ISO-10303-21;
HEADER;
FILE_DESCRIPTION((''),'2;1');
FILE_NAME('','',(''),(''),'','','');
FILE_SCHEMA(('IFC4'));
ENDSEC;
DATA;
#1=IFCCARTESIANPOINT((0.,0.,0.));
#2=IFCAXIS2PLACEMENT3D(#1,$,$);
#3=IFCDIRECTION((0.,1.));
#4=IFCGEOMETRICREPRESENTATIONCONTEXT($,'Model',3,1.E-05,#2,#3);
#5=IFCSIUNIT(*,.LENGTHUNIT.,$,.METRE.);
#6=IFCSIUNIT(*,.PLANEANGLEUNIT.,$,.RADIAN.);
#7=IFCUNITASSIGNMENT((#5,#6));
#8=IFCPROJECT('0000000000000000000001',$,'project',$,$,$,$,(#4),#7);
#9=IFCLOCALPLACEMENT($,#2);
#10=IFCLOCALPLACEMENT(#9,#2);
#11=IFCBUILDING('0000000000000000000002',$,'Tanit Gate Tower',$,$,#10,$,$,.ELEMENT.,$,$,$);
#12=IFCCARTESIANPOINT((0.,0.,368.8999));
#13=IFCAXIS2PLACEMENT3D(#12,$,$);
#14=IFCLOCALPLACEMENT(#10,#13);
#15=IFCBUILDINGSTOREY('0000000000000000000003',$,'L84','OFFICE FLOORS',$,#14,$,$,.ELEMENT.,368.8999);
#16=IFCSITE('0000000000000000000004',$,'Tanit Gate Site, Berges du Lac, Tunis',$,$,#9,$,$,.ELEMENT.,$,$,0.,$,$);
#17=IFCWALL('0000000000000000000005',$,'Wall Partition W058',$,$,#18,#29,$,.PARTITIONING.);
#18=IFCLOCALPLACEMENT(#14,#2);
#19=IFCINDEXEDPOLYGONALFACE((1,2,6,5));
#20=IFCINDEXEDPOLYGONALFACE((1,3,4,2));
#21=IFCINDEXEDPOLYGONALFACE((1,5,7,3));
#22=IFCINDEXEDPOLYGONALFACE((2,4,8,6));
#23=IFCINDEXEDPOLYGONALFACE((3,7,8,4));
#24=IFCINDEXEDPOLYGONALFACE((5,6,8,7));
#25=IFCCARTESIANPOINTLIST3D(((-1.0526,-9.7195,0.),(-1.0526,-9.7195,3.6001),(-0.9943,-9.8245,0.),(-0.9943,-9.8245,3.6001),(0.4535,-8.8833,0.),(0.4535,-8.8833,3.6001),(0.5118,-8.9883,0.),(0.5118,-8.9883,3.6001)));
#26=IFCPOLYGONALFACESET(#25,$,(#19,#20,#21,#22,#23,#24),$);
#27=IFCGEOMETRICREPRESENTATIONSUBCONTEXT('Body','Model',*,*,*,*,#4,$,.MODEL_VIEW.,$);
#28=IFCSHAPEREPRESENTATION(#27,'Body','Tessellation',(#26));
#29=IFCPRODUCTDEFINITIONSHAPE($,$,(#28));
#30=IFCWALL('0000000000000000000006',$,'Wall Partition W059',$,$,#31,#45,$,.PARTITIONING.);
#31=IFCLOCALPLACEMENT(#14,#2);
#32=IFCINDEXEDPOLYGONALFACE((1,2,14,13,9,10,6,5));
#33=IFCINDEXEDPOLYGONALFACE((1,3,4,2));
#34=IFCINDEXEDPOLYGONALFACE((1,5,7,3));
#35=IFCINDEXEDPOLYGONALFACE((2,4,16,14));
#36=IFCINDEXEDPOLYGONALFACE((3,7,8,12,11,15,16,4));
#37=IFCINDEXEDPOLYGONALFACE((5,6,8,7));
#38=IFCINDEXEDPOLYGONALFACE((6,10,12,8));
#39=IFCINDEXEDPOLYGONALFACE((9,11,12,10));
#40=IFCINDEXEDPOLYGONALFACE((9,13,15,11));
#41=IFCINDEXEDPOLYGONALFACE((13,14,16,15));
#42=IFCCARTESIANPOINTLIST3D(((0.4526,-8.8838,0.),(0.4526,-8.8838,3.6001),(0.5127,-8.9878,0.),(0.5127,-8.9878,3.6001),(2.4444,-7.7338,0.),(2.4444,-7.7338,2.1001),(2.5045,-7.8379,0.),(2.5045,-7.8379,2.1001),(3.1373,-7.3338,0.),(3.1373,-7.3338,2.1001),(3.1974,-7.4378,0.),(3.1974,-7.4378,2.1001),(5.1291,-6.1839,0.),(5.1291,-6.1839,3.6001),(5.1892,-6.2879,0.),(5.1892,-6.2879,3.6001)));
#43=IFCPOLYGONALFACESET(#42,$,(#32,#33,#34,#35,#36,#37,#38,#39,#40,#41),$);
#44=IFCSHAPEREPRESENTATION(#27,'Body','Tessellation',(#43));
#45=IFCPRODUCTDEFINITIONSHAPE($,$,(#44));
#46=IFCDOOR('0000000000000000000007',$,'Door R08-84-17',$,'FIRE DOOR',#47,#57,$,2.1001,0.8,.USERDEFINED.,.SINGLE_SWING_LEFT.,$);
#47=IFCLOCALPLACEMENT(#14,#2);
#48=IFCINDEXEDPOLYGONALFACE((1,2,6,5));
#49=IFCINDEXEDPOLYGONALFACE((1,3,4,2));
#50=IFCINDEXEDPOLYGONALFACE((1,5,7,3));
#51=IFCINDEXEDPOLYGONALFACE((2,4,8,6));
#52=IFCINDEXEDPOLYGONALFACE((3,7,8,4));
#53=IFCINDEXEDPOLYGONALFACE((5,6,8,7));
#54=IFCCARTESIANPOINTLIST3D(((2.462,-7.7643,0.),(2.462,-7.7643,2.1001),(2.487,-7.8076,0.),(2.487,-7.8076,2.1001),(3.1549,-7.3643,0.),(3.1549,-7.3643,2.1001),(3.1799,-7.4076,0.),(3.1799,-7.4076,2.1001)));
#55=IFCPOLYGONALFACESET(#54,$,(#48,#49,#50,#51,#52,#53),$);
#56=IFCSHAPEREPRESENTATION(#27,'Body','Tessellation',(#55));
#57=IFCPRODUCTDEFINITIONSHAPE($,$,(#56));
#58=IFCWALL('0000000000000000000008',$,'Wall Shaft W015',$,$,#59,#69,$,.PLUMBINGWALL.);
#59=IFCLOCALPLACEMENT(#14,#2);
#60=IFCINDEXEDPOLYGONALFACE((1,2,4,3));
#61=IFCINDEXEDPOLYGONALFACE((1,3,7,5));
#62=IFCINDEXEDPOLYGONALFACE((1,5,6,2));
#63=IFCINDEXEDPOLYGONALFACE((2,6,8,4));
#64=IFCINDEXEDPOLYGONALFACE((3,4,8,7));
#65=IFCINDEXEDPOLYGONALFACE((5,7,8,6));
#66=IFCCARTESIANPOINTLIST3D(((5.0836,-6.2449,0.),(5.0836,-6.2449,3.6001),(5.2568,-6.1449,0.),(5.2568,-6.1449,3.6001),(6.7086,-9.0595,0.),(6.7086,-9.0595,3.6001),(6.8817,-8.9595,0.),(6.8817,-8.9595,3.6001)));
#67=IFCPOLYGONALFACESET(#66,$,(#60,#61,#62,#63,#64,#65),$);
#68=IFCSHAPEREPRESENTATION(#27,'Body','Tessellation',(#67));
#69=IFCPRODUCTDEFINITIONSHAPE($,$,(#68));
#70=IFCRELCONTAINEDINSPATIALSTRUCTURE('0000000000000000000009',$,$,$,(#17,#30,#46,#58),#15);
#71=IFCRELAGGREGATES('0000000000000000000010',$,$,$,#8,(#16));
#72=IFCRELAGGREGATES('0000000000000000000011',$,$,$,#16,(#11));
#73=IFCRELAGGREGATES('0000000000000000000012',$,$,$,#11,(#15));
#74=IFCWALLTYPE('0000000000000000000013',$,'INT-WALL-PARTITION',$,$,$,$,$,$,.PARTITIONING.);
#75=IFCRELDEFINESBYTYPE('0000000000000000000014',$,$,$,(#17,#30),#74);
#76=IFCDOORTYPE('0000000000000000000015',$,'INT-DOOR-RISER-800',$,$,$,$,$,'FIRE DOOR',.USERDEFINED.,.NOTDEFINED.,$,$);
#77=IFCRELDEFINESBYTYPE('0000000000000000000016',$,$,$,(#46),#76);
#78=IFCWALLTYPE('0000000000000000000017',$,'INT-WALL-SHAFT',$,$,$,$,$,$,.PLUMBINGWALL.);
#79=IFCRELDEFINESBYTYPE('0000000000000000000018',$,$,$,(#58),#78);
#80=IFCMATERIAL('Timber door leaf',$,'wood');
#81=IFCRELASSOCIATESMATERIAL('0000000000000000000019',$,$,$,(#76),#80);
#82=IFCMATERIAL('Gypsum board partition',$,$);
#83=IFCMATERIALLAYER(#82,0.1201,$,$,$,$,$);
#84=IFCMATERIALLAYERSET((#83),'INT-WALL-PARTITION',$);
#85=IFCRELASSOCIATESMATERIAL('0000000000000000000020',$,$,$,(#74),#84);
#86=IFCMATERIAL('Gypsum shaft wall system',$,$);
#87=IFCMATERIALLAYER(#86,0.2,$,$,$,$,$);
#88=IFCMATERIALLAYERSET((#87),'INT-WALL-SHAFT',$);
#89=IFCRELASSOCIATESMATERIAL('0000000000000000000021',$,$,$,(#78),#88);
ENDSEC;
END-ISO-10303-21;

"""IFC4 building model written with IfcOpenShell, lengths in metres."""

from ifc_helpers import new_model, si_unit, direction, frame, frame_2d, origin, place, context, subcontext, project, spatial, rectangle, extrude, material, layer, layer_set, type_object, element, fill, save


model = new_model("IFC4")

# Units and contexts
model_context = context("Model", 3, precision=1e-05, world=origin(), true_north=direction((0.0, 1.0)))
body_context = subcontext(model_context, "Body", "Model", "MODEL_VIEW")
ifc_project = project(units=[si_unit("LENGTHUNIT", "METRE"), si_unit("PLANEANGLEUNIT", "RADIAN")], contexts=[model_context])

# Site, building, storey
site_placement = place(None, origin())
site = spatial("IfcSite", under=ifc_project, at=site_placement, Name="Tanit Gate Site, Berges du Lac, Tunis", CompositionType="ELEMENT", RefElevation=0.0)
building_placement = place(site_placement, origin())
building = spatial("IfcBuilding", under=site, at=building_placement, Name="Tanit Gate Tower", CompositionType="ELEMENT")
storey_placement = place(building_placement, frame((0.0, 0.0, 368.8999)))
storey = spatial("IfcBuildingStorey", under=building, at=storey_placement, Name="L84", Description="OFFICE FLOORS", CompositionType="ELEMENT", Elevation=368.8999)

# Shared definitions
ifc_material_1 = material(Name="Timber door leaf", Category="wood")
door_type = type_object("IfcDoorType", Name="INT-DOOR-RISER-800", ElementType="FIRE DOOR", OperationType="NOTDEFINED", PredefinedType="USERDEFINED", material=ifc_material_1)

# Wall
ifc_material_2 = material(Name="Gypsum board partition")
ifc_layer_1 = layer(ifc_material_2, 0.1201)
ifc_layer_set_1 = layer_set([ifc_layer_1], Name="INT-WALL-PARTITION")
wall_type_1 = type_object("IfcWallType", Name="INT-WALL-PARTITION", PredefinedType="PARTITIONING", material=ifc_layer_set_1)
wall_1_placement = place(storey_placement, frame((-1.0234, -9.772, 0.0), z_axis=(0.0, 0.0, 1.0), x_axis=(0.874291, 0.485402, 0.0)))
element("IfcWall", 1, at=wall_1_placement, inside=storey, type_object=wall_type_1, Name="Wall Partition W058", PredefinedType="PARTITIONING", context=body_context, shape_type="SweptSolid", body=[
    extrude(rectangle(XDim=1.7227, YDim=0.1201, at=frame_2d((0.8613, 0.0))), origin(), (0.0, 0.0, 1.0), 3.6001),
])

# Wall, opening, door
wall_2_placement = place(storey_placement, frame((0.4827, -8.9358, 0.0), z_axis=(0.0, 0.0, 1.0), x_axis=(0.866028, 0.499995, 0.0)))
wall_2 = element("IfcWall", 2, at=wall_2_placement, inside=storey, type_object=wall_type_1, Name="Wall Partition W059", PredefinedType="PARTITIONING", context=body_context, shape_type="SweptSolid", body=[
    extrude(rectangle(XDim=5.3999, YDim=0.1201, at=frame_2d((2.7, 0.0))), origin(), (0.0, 0.0, 1.0), 3.6001),
])
opening_1_placement = place(wall_2_placement, frame((2.3, 0.0, 0.0)))
opening_1 = element("IfcOpeningElement", 3, at=opening_1_placement, cuts=wall_2, PredefinedType="OPENING", context=body_context, shape_type="SweptSolid", body=[
    extrude(rectangle(XDim=0.8, YDim=2.1001, at=frame_2d((0.3999, 1.05))), frame((0.0, 0.0701, 0.0), z_axis=(0.0, -1.0, 0.0), x_axis=(1.0, 0.0, 0.0)), (0.0, 0.0, 1.0), 0.1401),
])
door_1_placement = place(opening_1_placement, origin())
door_1 = element("IfcDoor", 4, at=door_1_placement, inside=storey, type_object=door_type, Name="Door R08-84-17", ObjectType="FIRE DOOR", OperationType="SINGLE_SWING_LEFT", OverallHeight=2.1001, OverallWidth=0.8, PredefinedType="USERDEFINED", context=body_context, shape_type="SweptSolid", body=[
    extrude(rectangle(XDim=0.8, YDim=2.1001, at=frame_2d((0.3999, 1.05))), frame((0.0, 0.0249, 0.0), z_axis=(0.0, -1.0, 0.0), x_axis=(1.0, 0.0, 0.0)), (0.0, 0.0, 1.0), 0.05),
])
fill(opening_1, door_1)

# Wall
ifc_material_3 = material(Name="Gypsum shaft wall system")
ifc_layer_2 = layer(ifc_material_3, 0.2)
ifc_layer_set_2 = layer_set([ifc_layer_2], Name="INT-WALL-SHAFT")
wall_type_2 = type_object("IfcWallType", Name="INT-WALL-SHAFT", PredefinedType="PLUMBINGWALL", material=ifc_layer_set_2)
wall_3_placement = place(storey_placement, frame((6.7952, -9.0095, 0.0), z_axis=(0.0, 0.0, 1.0), x_axis=(-0.499985, 0.866034, 0.0)))
element("IfcWall", 5, at=wall_3_placement, inside=storey, type_object=wall_type_2, Name="Wall Shaft W015", PredefinedType="PLUMBINGWALL", context=body_context, shape_type="SweptSolid", body=[
    extrude(rectangle(XDim=3.25, YDim=0.2, at=frame_2d((1.625, 0.0))), origin(), (0.0, 0.0, 1.0), 3.6001),
])

save(model, "model.ifc")
